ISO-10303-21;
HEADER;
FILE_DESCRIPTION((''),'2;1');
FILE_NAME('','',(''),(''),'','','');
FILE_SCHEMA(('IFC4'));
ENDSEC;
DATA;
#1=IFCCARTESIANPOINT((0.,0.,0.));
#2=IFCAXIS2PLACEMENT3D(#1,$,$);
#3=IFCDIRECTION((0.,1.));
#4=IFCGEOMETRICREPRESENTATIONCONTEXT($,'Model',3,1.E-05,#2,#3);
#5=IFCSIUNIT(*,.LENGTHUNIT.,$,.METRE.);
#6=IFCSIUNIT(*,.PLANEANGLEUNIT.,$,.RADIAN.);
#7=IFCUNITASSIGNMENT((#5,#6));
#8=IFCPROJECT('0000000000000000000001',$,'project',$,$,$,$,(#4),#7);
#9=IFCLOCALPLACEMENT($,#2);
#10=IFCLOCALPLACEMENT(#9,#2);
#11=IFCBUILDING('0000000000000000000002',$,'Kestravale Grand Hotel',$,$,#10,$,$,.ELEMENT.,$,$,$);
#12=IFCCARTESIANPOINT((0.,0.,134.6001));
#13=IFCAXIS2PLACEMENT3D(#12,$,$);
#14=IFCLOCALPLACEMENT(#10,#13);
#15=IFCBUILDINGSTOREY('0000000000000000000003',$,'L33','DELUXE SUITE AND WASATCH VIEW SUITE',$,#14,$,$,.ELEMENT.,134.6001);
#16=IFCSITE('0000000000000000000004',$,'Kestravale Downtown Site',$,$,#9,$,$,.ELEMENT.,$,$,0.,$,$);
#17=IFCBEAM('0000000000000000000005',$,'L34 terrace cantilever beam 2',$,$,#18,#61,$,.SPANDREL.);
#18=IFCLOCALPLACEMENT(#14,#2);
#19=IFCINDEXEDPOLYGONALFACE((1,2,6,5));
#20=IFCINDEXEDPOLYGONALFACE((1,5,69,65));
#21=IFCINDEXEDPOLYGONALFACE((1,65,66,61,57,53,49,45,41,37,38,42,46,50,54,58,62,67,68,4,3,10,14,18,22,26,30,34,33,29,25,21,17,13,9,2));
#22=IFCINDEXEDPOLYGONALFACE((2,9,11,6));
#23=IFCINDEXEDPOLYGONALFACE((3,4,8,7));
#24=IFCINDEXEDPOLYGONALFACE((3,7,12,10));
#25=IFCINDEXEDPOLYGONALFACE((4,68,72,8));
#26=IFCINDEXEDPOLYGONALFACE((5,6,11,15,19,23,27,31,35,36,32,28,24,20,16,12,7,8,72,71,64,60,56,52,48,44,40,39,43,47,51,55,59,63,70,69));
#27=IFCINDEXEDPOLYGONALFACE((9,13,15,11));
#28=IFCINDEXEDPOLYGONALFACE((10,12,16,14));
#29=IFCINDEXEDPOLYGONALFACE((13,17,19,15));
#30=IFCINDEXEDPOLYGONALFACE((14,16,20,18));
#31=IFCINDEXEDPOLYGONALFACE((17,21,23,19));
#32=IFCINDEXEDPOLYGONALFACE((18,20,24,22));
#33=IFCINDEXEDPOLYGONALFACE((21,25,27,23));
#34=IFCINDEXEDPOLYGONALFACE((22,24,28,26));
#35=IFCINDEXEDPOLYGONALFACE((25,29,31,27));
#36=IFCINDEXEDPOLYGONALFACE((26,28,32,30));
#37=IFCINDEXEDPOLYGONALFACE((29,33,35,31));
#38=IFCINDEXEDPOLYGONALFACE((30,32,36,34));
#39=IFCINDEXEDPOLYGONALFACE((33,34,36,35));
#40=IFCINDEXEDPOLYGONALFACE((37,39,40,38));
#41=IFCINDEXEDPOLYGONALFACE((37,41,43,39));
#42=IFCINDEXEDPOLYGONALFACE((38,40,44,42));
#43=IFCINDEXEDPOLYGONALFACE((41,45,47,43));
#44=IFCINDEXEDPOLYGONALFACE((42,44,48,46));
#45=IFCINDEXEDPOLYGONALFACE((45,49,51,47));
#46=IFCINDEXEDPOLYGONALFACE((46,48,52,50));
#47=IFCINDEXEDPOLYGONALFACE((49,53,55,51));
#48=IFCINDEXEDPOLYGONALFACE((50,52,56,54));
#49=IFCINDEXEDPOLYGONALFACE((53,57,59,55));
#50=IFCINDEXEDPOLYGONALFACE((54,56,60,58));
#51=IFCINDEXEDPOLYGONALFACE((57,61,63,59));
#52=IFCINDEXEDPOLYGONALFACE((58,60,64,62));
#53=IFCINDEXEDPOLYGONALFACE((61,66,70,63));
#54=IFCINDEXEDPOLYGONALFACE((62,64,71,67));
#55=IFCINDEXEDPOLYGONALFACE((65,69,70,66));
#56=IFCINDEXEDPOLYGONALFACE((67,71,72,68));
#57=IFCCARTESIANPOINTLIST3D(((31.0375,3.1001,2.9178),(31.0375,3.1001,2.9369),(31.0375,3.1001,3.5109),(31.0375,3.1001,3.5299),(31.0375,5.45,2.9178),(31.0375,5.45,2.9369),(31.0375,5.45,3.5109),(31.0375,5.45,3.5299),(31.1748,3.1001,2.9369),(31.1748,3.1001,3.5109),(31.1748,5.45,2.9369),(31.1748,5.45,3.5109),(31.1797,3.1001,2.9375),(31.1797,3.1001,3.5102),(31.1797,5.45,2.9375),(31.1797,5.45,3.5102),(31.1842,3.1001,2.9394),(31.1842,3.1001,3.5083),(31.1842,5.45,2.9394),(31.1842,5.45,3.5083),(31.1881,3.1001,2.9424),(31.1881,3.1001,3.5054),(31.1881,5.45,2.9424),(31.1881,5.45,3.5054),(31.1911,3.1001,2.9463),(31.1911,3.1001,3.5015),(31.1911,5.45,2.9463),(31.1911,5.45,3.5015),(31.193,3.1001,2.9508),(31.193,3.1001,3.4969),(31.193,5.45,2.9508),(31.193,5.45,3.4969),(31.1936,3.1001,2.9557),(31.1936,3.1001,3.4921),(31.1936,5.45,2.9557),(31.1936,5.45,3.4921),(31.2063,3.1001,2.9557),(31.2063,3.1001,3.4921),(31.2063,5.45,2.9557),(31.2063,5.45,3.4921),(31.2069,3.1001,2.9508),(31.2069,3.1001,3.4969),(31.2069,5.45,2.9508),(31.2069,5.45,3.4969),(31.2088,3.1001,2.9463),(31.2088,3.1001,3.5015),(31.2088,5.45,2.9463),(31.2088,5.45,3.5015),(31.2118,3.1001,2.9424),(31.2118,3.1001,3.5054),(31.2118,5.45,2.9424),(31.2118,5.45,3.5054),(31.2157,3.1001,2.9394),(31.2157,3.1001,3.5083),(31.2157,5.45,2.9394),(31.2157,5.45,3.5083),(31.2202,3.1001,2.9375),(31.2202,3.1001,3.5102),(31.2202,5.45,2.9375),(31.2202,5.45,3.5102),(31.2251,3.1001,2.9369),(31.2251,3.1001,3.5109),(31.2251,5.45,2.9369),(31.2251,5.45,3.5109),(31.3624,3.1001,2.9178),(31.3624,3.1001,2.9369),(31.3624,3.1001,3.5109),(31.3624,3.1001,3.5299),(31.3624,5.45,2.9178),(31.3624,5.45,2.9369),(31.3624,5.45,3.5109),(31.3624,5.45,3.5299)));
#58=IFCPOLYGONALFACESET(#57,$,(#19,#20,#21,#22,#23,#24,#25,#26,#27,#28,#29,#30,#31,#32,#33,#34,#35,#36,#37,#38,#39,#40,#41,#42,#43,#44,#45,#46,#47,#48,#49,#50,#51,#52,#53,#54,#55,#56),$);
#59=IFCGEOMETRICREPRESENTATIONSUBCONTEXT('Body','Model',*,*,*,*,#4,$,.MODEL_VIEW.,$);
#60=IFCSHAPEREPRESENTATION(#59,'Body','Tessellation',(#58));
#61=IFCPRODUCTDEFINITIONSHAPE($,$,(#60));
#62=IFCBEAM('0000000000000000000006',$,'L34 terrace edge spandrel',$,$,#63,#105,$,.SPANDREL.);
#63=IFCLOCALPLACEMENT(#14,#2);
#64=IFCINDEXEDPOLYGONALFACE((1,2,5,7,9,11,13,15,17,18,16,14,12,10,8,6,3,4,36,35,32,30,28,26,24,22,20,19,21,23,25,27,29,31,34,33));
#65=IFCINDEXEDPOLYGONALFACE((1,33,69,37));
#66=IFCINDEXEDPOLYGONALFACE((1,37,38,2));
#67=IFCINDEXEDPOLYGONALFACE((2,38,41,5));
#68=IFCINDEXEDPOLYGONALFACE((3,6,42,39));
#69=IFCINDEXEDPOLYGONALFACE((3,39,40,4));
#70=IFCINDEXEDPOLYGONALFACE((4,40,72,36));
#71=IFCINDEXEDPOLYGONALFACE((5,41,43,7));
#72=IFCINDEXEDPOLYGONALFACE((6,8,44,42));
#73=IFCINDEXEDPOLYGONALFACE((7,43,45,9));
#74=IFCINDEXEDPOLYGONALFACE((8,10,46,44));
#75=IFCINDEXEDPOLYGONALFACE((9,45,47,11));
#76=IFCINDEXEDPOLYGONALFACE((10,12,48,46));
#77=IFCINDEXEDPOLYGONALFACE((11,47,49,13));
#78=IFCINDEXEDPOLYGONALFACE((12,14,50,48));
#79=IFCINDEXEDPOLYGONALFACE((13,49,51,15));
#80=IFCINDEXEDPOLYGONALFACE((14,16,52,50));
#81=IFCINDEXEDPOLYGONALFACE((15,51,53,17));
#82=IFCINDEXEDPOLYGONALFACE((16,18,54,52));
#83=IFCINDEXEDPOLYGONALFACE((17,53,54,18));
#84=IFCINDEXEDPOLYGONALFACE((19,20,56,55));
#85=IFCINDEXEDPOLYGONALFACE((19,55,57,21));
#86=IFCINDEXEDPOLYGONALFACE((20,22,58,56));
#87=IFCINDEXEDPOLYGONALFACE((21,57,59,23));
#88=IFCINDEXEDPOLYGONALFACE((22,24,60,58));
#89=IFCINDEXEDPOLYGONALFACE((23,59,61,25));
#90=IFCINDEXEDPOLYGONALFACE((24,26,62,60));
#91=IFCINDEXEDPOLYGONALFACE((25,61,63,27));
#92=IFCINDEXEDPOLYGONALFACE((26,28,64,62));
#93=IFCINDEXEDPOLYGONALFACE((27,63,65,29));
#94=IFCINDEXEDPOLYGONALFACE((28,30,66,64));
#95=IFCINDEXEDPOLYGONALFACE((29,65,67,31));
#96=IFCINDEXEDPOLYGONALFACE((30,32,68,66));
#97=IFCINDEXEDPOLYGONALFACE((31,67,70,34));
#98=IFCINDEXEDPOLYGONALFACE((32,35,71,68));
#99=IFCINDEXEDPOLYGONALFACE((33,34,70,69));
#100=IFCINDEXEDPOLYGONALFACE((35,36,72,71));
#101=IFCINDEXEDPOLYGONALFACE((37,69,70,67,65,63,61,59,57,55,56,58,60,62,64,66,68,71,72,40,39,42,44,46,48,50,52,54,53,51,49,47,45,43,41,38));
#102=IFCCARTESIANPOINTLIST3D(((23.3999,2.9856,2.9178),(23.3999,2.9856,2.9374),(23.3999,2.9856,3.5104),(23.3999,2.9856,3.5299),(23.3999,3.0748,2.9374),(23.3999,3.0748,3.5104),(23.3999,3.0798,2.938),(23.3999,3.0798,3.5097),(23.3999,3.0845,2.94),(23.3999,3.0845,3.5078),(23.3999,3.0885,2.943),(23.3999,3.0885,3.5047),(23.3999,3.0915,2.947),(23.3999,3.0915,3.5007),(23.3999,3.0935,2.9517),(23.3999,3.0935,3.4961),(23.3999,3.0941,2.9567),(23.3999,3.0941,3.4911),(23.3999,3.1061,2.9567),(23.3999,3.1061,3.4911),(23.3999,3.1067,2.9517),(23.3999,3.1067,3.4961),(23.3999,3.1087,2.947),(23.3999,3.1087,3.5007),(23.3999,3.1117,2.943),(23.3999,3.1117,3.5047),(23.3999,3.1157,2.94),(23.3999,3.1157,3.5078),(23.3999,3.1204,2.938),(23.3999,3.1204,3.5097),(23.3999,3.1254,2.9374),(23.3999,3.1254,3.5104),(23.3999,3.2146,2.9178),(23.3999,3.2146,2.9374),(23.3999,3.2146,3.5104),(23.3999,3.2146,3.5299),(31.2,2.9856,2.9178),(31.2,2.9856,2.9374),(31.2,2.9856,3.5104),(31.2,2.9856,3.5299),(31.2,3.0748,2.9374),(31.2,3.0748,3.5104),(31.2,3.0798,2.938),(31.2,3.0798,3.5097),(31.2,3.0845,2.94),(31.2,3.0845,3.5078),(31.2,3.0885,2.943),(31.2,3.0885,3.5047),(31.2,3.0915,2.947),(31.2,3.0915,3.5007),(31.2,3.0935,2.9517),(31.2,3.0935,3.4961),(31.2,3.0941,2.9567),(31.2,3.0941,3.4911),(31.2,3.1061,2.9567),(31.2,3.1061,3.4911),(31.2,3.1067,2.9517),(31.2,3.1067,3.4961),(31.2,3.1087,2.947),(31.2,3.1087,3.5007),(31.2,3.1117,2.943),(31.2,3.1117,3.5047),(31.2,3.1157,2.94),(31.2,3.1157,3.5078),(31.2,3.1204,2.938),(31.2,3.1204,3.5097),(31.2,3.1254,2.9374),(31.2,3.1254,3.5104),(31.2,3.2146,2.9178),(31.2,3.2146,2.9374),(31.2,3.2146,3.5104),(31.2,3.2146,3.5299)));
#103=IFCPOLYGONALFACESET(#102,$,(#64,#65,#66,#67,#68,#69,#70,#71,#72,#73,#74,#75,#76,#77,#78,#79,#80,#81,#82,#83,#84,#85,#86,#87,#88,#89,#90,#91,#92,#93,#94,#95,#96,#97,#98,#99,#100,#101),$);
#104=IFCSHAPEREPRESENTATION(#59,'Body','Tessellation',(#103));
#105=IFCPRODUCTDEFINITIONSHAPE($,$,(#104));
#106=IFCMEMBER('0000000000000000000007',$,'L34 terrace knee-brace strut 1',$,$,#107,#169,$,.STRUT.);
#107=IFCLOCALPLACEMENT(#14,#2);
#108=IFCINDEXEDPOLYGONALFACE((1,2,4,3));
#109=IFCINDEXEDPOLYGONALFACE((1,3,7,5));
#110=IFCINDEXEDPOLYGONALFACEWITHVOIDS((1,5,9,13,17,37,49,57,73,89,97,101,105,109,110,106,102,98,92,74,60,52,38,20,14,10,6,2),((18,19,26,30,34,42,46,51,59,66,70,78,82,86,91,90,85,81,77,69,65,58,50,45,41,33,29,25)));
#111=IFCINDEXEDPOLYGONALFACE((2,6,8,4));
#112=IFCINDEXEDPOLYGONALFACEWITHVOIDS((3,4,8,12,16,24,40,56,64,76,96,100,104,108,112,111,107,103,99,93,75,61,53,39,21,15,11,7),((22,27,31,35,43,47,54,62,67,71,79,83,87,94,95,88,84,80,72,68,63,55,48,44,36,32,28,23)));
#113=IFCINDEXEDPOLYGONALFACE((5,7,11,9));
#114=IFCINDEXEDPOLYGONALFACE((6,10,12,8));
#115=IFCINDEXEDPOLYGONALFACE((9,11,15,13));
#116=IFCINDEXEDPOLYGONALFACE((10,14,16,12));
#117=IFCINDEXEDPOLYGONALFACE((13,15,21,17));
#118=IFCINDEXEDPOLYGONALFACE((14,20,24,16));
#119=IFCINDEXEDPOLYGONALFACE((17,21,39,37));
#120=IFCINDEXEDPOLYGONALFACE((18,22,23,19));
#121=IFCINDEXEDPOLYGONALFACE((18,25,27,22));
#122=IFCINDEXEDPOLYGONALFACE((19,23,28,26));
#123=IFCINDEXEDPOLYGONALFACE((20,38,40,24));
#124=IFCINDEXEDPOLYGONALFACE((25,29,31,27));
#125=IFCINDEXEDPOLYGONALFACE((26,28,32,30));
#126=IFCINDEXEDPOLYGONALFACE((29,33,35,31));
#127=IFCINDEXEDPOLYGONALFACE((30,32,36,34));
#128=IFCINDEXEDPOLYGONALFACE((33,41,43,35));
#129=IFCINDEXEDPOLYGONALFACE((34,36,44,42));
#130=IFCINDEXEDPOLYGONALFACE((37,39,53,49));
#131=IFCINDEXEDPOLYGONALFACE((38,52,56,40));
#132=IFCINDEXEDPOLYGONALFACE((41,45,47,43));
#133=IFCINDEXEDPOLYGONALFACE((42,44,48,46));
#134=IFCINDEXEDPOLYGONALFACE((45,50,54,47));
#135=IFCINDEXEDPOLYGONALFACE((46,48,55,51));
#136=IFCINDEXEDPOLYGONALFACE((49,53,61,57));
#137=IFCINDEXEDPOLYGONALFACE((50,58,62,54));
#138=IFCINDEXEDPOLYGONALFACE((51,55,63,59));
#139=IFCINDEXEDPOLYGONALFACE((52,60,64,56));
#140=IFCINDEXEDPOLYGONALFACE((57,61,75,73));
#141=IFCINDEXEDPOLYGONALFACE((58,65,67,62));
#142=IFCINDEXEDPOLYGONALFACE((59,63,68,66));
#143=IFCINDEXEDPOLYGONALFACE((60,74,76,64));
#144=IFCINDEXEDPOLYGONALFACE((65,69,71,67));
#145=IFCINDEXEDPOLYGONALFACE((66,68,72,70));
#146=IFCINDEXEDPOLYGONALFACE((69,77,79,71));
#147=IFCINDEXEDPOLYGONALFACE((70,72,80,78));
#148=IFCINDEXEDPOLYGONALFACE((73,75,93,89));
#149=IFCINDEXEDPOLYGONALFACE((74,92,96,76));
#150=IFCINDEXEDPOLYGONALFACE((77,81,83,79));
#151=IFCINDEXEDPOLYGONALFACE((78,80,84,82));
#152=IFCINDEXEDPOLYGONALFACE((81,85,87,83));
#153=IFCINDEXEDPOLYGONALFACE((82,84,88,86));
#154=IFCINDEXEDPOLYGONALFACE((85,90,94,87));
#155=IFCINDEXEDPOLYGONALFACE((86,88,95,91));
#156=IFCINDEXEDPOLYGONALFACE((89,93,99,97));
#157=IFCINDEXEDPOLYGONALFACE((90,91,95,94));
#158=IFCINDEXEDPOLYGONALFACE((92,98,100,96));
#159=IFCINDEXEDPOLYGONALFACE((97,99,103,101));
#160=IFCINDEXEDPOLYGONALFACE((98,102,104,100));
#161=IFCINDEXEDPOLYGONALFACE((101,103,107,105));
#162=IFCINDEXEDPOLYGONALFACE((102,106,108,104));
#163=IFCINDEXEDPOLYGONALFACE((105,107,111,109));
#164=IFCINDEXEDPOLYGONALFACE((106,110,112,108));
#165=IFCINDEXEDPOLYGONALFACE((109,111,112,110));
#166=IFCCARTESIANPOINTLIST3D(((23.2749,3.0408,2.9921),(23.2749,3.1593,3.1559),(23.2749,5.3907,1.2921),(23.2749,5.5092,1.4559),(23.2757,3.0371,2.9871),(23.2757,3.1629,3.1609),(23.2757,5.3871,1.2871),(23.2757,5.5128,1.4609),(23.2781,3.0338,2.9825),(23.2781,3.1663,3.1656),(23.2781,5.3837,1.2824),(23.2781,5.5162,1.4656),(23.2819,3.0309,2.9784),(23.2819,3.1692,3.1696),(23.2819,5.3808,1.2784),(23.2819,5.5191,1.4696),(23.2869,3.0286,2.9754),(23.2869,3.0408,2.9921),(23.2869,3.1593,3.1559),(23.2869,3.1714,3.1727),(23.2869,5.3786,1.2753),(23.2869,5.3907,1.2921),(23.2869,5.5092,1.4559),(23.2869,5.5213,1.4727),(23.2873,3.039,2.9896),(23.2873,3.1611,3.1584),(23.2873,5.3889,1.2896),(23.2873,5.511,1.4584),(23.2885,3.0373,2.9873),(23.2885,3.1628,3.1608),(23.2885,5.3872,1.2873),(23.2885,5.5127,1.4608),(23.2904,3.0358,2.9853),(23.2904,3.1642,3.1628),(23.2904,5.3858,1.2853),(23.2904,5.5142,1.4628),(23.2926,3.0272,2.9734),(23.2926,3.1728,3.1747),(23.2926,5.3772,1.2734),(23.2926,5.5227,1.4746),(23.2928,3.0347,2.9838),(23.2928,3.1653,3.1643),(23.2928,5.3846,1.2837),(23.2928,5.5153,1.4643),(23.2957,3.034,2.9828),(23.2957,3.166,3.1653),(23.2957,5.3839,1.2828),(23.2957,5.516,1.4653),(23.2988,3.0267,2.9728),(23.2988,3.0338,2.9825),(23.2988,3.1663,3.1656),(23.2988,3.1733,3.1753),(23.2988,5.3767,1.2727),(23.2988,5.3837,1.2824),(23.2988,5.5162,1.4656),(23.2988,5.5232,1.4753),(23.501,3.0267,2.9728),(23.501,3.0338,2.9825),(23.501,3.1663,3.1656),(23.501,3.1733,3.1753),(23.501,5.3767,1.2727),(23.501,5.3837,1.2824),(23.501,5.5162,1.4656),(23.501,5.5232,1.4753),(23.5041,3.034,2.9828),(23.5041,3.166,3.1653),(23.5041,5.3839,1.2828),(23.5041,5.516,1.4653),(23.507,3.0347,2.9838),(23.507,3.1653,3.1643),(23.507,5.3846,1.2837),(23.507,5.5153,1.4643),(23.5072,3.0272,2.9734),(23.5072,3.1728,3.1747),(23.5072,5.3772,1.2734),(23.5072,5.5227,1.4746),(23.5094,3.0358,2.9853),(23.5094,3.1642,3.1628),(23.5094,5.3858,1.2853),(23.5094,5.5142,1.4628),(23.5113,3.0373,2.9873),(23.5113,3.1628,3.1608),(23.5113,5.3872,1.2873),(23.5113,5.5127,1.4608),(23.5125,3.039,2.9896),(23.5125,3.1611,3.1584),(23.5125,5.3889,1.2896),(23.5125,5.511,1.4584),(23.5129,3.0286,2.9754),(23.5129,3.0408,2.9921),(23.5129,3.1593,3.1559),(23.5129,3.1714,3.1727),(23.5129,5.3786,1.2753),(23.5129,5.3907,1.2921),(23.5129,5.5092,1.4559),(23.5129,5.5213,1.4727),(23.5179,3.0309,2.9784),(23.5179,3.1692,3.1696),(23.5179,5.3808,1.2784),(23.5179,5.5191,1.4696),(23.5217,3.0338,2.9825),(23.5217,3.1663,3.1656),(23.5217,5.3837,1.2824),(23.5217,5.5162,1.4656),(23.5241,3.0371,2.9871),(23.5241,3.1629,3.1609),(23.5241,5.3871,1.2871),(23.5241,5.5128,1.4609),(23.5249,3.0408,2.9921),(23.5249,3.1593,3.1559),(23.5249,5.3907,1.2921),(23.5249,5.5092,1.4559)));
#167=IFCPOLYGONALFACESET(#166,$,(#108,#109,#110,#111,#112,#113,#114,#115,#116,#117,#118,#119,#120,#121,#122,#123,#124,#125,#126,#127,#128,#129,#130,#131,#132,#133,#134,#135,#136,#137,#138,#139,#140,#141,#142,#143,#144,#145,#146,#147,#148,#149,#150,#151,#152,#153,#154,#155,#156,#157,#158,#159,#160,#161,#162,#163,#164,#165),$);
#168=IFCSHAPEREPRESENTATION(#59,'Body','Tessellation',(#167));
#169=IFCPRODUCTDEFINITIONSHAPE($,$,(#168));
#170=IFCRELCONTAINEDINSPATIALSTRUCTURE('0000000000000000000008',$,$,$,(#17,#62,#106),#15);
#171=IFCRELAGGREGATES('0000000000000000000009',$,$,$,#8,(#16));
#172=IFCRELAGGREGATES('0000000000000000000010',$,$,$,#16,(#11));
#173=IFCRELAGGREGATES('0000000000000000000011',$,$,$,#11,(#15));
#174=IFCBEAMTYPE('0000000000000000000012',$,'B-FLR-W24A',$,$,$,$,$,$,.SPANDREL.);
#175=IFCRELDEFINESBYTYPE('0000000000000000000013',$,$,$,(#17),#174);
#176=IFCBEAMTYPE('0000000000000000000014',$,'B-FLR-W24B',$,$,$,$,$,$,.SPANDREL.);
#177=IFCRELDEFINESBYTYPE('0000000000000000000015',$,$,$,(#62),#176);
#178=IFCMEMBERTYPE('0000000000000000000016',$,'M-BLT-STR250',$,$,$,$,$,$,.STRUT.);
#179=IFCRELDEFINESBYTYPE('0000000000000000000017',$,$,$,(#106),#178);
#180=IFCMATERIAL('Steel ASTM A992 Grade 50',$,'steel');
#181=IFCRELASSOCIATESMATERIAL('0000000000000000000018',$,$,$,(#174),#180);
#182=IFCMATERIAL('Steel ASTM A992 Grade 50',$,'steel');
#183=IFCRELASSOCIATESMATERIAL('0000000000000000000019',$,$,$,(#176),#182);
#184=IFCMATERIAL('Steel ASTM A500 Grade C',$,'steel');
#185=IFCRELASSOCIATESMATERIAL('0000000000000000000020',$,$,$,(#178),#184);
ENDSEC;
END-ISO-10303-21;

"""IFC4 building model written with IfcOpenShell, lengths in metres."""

from ifc_helpers import new_model, si_unit, direction, frame, origin, origin_2d, place, context, subcontext, project, spatial, hollow_rectangle, i_section, extrude, material, material_profile, profile_set, type_object, element, save


model = new_model("IFC4")

# Units and contexts
model_context = context("Model", 3, precision=1e-05, world=origin(), true_north=direction((0.0, 1.0)))
body_context = subcontext(model_context, "Body", "Model", "MODEL_VIEW")
ifc_project = project(units=[si_unit("LENGTHUNIT", "METRE"), si_unit("PLANEANGLEUNIT", "RADIAN")], contexts=[model_context])

# Site, building, storey
site_placement = place(None, origin())
site = spatial("IfcSite", under=ifc_project, at=site_placement, Name="Kestravale Downtown Site", CompositionType="ELEMENT", RefElevation=0.0)
building_placement = place(site_placement, origin())
building = spatial("IfcBuilding", under=site, at=building_placement, Name="Kestravale Grand Hotel", CompositionType="ELEMENT")
storey_placement = place(building_placement, frame((0.0, 0.0, 134.6001)))
storey = spatial("IfcBuildingStorey", under=building, at=storey_placement, Name="L33", Description="DELUXE SUITE AND WASATCH VIEW SUITE", CompositionType="ELEMENT", Elevation=134.6001)

# Beams
ifc_material_1 = material(Name="Steel ASTM A992 Grade 50", Category="steel")
ifc_material_profile_1 = material_profile(ifc_material_1, i_section(OverallWidth=0.325, OverallDepth=0.6121, WebThickness=0.0127, FlangeThickness=0.019, FilletRadius=0.0188, at=origin_2d()))
ifc_profile_set_1 = profile_set([ifc_material_profile_1], Name="Steel ASTM A992 Grade 50")
beam_type_1 = type_object("IfcBeamType", Name="B-FLR-W24A", PredefinedType="SPANDREL", material=ifc_profile_set_1)
for number, where, z_axis, x_axis, name in (
    (1, (31.2, 5.45, 3.2239), (0.0, -1.0, 0.0), (1.0, 0.0, 0.0), "L34 terrace cantilever beam 2"),
):
    element("IfcBeam", number, at=place(storey_placement, frame(where, z_axis=z_axis, x_axis=x_axis)), inside=storey, type_object=beam_type_1, Name=name, PredefinedType="SPANDREL", context=body_context, shape_type="SweptSolid", body=[
        extrude(i_section(OverallWidth=0.325, OverallDepth=0.6121, WebThickness=0.0127, FlangeThickness=0.019, FilletRadius=0.0188, at=origin_2d()), origin(), (0.0, 0.0, 1.0), 2.3499),
    ])
ifc_material_2 = material(Name="Steel ASTM A992 Grade 50", Category="steel")
ifc_material_profile_2 = material_profile(ifc_material_2, i_section(OverallWidth=0.229, OverallDepth=0.6121, WebThickness=0.012, FlangeThickness=0.0195, FilletRadius=0.0193, at=origin_2d()))
ifc_profile_set_2 = profile_set([ifc_material_profile_2], Name="Steel ASTM A992 Grade 50")
beam_type_2 = type_object("IfcBeamType", Name="B-FLR-W24B", PredefinedType="SPANDREL", material=ifc_profile_set_2)
beam_1_placement = place(storey_placement, frame((23.3999, 3.1001, 3.2239), z_axis=(1.0, 0.0, 0.0), x_axis=(0.0, 1.0, 0.0)))
element("IfcBeam", 2, at=beam_1_placement, inside=storey, type_object=beam_type_2, Name="L34 terrace edge spandrel", PredefinedType="SPANDREL", context=body_context, shape_type="SweptSolid", body=[
    extrude(i_section(OverallWidth=0.229, OverallDepth=0.6121, WebThickness=0.012, FlangeThickness=0.0195, FilletRadius=0.0193, at=origin_2d()), origin(), (0.0, 0.0, 1.0), 7.8),
])

# Member
ifc_material_3 = material(Name="Steel ASTM A500 Grade C", Category="steel")
ifc_material_profile_3 = material_profile(ifc_material_3, hollow_rectangle(XDim=0.25, YDim=0.25, WallThickness=0.012, InnerFilletRadius=0.012, OuterFilletRadius=0.0239, at=origin_2d()))
ifc_profile_set_3 = profile_set([ifc_material_profile_3], Name="Steel ASTM A500 Grade C")
member_type = type_object("IfcMemberType", Name="M-BLT-STR250", PredefinedType="STRUT", material=ifc_profile_set_3)
for number, where, z_axis, x_axis, name in (
    (3, (23.3999, 5.45, 1.374), (0.0, -0.810215, 0.586133), (1.0, 0.0, 0.0), "L34 terrace knee-brace strut 1"),
):
    element("IfcMember", number, at=place(storey_placement, frame(where, z_axis=z_axis, x_axis=x_axis)), inside=storey, type_object=member_type, Name=name, PredefinedType="STRUT", context=body_context, shape_type="SweptSolid", body=[
        extrude(hollow_rectangle(XDim=0.25, YDim=0.25, WallThickness=0.012, InnerFilletRadius=0.012, OuterFilletRadius=0.0239, at=origin_2d()), origin(), (0.0, 0.0, 1.0), 2.9004),
    ])

save(model, "model.ifc")
